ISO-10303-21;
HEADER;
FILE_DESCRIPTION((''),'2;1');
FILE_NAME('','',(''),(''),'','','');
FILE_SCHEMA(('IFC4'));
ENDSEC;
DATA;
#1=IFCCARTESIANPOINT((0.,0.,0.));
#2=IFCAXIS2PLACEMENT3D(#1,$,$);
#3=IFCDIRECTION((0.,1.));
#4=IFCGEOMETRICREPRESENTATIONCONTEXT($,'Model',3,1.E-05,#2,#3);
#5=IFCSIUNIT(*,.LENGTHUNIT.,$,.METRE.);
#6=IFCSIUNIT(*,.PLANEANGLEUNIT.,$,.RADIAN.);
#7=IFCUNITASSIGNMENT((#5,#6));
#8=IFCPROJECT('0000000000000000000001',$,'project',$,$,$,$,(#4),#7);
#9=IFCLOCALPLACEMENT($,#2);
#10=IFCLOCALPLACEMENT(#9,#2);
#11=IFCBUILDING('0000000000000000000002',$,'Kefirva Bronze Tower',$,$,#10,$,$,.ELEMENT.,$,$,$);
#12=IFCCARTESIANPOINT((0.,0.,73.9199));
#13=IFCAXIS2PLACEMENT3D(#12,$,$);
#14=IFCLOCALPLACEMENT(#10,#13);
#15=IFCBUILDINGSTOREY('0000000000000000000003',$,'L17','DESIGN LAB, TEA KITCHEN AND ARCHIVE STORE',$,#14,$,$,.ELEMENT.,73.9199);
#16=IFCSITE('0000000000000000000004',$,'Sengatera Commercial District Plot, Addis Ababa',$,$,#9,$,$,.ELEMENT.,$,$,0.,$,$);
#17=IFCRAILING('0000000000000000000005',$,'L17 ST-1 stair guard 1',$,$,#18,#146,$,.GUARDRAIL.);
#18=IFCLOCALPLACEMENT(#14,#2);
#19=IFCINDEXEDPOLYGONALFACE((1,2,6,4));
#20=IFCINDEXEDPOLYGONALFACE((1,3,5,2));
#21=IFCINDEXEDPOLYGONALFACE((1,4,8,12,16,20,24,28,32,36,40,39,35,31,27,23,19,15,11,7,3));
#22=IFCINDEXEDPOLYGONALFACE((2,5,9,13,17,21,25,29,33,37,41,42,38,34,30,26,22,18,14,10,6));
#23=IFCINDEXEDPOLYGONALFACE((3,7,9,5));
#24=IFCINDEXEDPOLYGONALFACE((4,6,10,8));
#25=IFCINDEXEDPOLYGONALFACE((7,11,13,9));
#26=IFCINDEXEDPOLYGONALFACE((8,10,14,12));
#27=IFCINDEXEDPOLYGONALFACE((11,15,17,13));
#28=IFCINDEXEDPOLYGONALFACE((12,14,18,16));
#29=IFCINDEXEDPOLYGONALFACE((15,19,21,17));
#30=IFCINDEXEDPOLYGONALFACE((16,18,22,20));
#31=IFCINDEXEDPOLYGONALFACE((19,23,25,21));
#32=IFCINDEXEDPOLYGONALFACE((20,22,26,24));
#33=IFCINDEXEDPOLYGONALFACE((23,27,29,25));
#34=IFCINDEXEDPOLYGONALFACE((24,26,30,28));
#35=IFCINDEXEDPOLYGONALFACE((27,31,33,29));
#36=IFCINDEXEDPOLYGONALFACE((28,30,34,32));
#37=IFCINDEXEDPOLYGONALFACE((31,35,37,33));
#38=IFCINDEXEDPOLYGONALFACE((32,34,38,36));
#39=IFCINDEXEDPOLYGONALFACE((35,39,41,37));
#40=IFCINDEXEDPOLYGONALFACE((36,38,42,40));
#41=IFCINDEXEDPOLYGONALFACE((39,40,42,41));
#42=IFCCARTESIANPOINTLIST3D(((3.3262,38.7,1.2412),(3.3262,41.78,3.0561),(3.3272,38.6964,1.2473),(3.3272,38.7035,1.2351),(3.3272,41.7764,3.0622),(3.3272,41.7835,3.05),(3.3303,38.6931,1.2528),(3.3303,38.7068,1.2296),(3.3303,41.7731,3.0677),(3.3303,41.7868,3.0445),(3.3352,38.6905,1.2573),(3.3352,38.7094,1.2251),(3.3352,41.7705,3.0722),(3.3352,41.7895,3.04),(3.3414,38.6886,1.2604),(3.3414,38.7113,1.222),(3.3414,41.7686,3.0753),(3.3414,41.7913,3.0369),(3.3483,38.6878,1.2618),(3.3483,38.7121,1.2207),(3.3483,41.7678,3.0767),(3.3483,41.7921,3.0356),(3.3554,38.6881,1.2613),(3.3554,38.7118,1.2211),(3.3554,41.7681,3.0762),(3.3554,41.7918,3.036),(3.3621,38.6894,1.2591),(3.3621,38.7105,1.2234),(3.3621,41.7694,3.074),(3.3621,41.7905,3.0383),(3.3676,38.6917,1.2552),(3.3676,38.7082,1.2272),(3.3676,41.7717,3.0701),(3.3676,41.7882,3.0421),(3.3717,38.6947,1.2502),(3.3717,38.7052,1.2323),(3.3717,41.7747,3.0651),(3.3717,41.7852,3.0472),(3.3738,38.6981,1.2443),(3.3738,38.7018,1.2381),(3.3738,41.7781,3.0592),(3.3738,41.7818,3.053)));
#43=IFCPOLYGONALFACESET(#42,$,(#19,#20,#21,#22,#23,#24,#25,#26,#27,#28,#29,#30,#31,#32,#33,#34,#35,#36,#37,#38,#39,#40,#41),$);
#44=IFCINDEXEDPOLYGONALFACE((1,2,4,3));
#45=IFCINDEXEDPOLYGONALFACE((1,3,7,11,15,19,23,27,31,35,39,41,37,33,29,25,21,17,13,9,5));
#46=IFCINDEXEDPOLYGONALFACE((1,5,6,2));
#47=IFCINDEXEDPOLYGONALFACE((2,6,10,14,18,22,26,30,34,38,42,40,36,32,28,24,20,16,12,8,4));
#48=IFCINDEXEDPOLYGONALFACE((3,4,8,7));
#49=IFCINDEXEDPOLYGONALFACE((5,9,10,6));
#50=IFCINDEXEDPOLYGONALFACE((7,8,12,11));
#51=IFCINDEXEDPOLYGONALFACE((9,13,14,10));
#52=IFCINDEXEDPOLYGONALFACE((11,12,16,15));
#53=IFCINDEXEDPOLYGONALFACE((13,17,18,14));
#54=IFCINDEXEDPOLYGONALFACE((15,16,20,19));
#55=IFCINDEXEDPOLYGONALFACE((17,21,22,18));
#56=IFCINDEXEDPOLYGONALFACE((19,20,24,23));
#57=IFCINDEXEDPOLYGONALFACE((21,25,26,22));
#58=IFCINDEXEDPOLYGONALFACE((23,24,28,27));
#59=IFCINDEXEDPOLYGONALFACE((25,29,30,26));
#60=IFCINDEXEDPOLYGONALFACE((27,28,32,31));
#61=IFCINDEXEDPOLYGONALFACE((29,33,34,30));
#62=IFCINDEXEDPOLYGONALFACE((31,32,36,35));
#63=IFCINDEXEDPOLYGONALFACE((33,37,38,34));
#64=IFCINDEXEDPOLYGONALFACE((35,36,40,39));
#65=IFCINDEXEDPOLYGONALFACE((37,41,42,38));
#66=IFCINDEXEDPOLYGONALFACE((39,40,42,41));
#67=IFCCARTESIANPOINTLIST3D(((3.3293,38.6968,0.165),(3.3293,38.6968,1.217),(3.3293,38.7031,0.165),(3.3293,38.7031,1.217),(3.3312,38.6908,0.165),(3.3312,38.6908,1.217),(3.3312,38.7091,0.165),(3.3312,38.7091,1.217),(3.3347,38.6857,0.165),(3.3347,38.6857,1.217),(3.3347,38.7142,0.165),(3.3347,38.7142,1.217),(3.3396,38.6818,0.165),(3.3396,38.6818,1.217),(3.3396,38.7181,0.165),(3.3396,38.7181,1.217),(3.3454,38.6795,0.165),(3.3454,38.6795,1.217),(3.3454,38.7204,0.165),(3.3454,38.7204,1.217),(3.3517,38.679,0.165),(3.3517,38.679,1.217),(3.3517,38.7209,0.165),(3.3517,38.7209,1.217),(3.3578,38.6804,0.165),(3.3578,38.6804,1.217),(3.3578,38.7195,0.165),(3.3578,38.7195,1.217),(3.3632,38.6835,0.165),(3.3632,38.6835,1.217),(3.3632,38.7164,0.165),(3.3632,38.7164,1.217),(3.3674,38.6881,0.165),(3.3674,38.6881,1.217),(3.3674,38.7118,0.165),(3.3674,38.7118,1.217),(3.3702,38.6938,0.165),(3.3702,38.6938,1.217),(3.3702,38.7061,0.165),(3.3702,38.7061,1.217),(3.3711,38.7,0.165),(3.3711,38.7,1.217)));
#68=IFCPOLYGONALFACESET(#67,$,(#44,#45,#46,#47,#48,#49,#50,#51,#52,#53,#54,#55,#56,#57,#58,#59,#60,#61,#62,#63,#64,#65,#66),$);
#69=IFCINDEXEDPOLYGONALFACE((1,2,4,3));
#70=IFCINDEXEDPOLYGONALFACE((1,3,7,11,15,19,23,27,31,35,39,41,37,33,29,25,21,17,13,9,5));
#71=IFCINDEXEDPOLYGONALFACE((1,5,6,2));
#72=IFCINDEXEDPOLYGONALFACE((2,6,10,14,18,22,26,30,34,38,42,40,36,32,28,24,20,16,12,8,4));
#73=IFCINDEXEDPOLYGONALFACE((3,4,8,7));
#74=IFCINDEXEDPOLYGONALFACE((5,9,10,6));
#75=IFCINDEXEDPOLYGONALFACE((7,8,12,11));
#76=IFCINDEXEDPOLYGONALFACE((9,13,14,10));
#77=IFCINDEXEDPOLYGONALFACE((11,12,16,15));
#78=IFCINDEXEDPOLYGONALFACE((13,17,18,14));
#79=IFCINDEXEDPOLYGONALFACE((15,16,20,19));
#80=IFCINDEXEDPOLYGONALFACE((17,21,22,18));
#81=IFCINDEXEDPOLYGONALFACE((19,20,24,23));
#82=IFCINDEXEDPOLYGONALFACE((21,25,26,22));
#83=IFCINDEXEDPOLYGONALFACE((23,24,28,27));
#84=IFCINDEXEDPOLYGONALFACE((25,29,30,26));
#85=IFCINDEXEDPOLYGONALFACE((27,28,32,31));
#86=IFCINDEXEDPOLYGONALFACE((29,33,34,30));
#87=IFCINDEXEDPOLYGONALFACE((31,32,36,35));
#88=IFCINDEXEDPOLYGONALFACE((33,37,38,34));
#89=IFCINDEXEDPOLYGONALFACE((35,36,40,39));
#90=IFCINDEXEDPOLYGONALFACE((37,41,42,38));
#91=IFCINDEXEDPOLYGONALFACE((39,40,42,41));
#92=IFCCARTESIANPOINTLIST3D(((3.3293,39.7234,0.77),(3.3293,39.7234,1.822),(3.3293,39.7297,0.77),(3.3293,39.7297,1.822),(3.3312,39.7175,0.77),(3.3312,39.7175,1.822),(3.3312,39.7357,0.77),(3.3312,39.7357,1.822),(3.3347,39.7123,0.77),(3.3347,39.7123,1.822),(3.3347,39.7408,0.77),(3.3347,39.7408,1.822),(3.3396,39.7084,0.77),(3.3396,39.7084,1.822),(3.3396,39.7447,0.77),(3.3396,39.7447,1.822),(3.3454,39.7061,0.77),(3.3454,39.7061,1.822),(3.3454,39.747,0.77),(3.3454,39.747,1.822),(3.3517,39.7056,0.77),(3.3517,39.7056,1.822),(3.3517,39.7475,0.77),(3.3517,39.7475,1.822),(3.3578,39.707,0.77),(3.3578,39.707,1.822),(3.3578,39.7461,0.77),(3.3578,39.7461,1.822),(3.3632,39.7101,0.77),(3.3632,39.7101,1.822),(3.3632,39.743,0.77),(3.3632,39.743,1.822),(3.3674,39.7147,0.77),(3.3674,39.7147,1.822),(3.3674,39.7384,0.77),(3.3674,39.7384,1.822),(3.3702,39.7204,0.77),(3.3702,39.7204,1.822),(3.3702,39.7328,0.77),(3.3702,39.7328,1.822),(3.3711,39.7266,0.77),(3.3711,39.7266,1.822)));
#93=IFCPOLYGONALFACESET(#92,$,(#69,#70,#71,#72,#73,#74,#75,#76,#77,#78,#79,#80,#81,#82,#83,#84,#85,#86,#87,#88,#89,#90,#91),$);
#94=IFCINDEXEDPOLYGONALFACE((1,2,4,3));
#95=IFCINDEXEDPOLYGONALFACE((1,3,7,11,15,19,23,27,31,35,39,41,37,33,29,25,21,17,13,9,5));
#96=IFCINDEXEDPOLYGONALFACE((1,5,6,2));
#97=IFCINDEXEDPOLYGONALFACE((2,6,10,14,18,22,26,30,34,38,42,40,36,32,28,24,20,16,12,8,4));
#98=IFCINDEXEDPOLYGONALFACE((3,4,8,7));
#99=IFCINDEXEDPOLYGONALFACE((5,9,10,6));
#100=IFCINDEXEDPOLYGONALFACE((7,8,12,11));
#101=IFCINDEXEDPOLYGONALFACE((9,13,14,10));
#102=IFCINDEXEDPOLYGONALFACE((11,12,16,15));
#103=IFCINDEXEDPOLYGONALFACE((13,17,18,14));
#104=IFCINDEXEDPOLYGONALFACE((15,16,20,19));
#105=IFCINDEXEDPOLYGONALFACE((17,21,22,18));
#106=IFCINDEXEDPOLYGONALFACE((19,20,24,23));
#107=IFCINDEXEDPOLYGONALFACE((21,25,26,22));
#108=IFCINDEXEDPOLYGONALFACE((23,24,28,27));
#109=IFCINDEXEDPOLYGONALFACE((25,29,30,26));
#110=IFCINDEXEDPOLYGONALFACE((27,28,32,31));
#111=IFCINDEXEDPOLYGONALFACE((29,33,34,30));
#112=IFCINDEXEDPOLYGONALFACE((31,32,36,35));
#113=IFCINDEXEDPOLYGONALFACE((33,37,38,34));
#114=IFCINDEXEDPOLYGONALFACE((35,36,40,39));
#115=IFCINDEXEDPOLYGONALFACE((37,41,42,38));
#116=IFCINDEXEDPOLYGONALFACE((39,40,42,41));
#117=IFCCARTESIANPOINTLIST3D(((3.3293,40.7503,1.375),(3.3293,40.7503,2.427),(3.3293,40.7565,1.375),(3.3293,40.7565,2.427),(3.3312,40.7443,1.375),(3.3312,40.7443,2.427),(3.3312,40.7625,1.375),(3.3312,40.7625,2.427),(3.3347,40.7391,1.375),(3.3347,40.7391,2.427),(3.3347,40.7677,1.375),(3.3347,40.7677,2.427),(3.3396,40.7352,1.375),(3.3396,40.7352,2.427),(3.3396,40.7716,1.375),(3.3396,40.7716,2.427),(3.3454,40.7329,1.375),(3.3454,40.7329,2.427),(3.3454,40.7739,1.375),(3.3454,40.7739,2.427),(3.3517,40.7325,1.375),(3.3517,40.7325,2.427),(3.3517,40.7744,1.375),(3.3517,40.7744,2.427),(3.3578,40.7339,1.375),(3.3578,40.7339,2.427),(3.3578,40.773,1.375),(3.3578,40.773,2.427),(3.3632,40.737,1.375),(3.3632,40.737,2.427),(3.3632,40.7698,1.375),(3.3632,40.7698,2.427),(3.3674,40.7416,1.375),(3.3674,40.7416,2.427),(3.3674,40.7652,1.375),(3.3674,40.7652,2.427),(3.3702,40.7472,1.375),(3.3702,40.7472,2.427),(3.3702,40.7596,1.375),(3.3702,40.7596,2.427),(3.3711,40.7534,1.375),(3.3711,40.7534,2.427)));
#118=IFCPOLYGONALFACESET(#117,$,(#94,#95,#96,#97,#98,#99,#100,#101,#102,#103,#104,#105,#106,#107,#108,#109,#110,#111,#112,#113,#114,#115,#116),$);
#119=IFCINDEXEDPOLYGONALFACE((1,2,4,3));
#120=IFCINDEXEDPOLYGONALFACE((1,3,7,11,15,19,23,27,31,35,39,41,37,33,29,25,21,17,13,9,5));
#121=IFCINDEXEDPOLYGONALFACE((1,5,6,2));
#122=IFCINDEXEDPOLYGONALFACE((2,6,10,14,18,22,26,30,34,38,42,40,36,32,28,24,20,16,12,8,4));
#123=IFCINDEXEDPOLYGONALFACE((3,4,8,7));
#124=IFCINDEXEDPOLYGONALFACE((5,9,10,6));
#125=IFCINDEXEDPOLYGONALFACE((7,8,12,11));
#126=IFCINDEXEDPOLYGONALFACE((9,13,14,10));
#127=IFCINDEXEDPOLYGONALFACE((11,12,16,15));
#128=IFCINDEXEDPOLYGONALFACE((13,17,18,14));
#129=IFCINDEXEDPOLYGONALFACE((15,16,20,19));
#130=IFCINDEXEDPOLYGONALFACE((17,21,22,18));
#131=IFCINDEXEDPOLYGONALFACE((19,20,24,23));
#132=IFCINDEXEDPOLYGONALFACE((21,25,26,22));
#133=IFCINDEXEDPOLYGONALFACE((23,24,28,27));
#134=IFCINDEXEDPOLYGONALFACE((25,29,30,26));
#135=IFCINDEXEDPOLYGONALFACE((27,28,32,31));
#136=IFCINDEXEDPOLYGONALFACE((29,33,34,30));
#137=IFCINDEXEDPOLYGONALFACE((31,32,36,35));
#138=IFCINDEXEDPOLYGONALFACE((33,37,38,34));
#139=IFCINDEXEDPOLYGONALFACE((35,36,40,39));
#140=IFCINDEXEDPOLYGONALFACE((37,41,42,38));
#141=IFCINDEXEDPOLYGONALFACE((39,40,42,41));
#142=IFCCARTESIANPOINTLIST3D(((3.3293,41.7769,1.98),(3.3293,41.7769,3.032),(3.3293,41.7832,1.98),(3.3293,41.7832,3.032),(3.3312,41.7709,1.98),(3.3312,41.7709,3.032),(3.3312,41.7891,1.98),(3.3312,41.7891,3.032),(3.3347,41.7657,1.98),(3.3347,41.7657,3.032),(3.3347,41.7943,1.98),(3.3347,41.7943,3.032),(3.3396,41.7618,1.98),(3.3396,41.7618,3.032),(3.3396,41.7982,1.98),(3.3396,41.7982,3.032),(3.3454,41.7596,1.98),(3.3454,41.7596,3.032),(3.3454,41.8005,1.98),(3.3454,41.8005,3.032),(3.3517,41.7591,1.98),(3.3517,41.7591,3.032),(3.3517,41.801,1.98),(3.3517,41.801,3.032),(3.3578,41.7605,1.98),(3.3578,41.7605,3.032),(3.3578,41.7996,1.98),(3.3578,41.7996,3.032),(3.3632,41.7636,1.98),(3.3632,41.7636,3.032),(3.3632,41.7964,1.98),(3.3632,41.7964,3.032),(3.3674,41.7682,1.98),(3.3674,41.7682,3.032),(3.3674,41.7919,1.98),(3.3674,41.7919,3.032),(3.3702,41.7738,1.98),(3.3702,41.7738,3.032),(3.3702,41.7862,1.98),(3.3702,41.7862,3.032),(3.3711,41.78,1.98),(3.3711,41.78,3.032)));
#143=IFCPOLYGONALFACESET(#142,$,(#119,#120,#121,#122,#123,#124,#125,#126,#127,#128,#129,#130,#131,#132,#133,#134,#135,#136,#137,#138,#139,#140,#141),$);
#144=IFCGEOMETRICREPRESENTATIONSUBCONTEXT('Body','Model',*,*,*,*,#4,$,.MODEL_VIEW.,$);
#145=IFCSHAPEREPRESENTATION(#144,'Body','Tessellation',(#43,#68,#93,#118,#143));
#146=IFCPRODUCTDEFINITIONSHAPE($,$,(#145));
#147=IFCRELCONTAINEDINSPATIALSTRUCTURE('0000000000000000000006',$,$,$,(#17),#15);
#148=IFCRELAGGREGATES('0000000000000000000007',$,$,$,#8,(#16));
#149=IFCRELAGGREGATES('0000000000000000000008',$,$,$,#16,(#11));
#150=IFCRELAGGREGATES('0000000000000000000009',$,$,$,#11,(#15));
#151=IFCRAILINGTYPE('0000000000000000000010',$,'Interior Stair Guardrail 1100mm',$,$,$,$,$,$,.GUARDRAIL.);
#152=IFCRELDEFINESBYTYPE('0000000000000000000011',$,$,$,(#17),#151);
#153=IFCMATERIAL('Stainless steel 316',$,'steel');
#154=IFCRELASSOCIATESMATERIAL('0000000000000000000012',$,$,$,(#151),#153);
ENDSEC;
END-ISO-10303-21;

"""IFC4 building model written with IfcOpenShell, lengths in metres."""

from ifc_helpers import new_model, si_unit, direction, frame, origin, origin_2d, place, context, subcontext, project, spatial, circle, extrude, material, type_object, element, save


model = new_model("IFC4")

# Units and contexts
model_context = context("Model", 3, precision=1e-05, world=origin(), true_north=direction((0.0, 1.0)))
body_context = subcontext(model_context, "Body", "Model", "MODEL_VIEW")
ifc_project = project(units=[si_unit("LENGTHUNIT", "METRE"), si_unit("PLANEANGLEUNIT", "RADIAN")], contexts=[model_context])

# Site, building, storey
site_placement = place(None, origin())
site = spatial("IfcSite", under=ifc_project, at=site_placement, Name="Sengatera Commercial District Plot, Addis Ababa", CompositionType="ELEMENT", RefElevation=0.0)
building_placement = place(site_placement, origin())
building = spatial("IfcBuilding", under=site, at=building_placement, Name="Kefirva Bronze Tower", CompositionType="ELEMENT")
storey_placement = place(building_placement, frame((0.0, 0.0, 73.9199)))
storey = spatial("IfcBuildingStorey", under=building, at=storey_placement, Name="L17", Description="DESIGN LAB, TEA KITCHEN AND ARCHIVE STORE", CompositionType="ELEMENT", Elevation=73.9199)

# Railing
ifc_material_1 = material(Name="Stainless steel 316", Category="steel")
railing_type_1 = type_object("IfcRailingType", Name="Interior Stair Guardrail 1100mm", PredefinedType="GUARDRAIL", material=ifc_material_1)
railing_1_placement = place(storey_placement, frame((3.3501, 38.7, 0.165)))
element("IfcRailing", 1, at=railing_1_placement, inside=storey, type_object=railing_type_1, Name="L17 ST-1 stair guard 1", PredefinedType="GUARDRAIL", context=body_context, shape_type="SweptSolid", body=[
    extrude(circle(Radius=0.0239, at=origin_2d()), frame((0.0, 0.0, 1.0762), z_axis=(0.0, 0.861551, 0.507671), x_axis=(-1.0, 0.0, 0.0)), (0.0, 0.0, 1.0), 3.575),
    extrude(circle(Radius=0.021, at=origin_2d()), origin(), (0.0, 0.0, 1.0), 1.052),
    extrude(circle(Radius=0.021, at=origin_2d()), frame((0.0, 1.0266, 0.605)), (0.0, 0.0, 1.0), 1.052),
    extrude(circle(Radius=0.021, at=origin_2d()), frame((0.0, 2.0535, 1.21)), (0.0, 0.0, 1.0), 1.052),
    extrude(circle(Radius=0.021, at=origin_2d()), frame((0.0, 3.0801, 1.8149)), (0.0, 0.0, 1.0), 1.052),
])

save(model, "model.ifc")
